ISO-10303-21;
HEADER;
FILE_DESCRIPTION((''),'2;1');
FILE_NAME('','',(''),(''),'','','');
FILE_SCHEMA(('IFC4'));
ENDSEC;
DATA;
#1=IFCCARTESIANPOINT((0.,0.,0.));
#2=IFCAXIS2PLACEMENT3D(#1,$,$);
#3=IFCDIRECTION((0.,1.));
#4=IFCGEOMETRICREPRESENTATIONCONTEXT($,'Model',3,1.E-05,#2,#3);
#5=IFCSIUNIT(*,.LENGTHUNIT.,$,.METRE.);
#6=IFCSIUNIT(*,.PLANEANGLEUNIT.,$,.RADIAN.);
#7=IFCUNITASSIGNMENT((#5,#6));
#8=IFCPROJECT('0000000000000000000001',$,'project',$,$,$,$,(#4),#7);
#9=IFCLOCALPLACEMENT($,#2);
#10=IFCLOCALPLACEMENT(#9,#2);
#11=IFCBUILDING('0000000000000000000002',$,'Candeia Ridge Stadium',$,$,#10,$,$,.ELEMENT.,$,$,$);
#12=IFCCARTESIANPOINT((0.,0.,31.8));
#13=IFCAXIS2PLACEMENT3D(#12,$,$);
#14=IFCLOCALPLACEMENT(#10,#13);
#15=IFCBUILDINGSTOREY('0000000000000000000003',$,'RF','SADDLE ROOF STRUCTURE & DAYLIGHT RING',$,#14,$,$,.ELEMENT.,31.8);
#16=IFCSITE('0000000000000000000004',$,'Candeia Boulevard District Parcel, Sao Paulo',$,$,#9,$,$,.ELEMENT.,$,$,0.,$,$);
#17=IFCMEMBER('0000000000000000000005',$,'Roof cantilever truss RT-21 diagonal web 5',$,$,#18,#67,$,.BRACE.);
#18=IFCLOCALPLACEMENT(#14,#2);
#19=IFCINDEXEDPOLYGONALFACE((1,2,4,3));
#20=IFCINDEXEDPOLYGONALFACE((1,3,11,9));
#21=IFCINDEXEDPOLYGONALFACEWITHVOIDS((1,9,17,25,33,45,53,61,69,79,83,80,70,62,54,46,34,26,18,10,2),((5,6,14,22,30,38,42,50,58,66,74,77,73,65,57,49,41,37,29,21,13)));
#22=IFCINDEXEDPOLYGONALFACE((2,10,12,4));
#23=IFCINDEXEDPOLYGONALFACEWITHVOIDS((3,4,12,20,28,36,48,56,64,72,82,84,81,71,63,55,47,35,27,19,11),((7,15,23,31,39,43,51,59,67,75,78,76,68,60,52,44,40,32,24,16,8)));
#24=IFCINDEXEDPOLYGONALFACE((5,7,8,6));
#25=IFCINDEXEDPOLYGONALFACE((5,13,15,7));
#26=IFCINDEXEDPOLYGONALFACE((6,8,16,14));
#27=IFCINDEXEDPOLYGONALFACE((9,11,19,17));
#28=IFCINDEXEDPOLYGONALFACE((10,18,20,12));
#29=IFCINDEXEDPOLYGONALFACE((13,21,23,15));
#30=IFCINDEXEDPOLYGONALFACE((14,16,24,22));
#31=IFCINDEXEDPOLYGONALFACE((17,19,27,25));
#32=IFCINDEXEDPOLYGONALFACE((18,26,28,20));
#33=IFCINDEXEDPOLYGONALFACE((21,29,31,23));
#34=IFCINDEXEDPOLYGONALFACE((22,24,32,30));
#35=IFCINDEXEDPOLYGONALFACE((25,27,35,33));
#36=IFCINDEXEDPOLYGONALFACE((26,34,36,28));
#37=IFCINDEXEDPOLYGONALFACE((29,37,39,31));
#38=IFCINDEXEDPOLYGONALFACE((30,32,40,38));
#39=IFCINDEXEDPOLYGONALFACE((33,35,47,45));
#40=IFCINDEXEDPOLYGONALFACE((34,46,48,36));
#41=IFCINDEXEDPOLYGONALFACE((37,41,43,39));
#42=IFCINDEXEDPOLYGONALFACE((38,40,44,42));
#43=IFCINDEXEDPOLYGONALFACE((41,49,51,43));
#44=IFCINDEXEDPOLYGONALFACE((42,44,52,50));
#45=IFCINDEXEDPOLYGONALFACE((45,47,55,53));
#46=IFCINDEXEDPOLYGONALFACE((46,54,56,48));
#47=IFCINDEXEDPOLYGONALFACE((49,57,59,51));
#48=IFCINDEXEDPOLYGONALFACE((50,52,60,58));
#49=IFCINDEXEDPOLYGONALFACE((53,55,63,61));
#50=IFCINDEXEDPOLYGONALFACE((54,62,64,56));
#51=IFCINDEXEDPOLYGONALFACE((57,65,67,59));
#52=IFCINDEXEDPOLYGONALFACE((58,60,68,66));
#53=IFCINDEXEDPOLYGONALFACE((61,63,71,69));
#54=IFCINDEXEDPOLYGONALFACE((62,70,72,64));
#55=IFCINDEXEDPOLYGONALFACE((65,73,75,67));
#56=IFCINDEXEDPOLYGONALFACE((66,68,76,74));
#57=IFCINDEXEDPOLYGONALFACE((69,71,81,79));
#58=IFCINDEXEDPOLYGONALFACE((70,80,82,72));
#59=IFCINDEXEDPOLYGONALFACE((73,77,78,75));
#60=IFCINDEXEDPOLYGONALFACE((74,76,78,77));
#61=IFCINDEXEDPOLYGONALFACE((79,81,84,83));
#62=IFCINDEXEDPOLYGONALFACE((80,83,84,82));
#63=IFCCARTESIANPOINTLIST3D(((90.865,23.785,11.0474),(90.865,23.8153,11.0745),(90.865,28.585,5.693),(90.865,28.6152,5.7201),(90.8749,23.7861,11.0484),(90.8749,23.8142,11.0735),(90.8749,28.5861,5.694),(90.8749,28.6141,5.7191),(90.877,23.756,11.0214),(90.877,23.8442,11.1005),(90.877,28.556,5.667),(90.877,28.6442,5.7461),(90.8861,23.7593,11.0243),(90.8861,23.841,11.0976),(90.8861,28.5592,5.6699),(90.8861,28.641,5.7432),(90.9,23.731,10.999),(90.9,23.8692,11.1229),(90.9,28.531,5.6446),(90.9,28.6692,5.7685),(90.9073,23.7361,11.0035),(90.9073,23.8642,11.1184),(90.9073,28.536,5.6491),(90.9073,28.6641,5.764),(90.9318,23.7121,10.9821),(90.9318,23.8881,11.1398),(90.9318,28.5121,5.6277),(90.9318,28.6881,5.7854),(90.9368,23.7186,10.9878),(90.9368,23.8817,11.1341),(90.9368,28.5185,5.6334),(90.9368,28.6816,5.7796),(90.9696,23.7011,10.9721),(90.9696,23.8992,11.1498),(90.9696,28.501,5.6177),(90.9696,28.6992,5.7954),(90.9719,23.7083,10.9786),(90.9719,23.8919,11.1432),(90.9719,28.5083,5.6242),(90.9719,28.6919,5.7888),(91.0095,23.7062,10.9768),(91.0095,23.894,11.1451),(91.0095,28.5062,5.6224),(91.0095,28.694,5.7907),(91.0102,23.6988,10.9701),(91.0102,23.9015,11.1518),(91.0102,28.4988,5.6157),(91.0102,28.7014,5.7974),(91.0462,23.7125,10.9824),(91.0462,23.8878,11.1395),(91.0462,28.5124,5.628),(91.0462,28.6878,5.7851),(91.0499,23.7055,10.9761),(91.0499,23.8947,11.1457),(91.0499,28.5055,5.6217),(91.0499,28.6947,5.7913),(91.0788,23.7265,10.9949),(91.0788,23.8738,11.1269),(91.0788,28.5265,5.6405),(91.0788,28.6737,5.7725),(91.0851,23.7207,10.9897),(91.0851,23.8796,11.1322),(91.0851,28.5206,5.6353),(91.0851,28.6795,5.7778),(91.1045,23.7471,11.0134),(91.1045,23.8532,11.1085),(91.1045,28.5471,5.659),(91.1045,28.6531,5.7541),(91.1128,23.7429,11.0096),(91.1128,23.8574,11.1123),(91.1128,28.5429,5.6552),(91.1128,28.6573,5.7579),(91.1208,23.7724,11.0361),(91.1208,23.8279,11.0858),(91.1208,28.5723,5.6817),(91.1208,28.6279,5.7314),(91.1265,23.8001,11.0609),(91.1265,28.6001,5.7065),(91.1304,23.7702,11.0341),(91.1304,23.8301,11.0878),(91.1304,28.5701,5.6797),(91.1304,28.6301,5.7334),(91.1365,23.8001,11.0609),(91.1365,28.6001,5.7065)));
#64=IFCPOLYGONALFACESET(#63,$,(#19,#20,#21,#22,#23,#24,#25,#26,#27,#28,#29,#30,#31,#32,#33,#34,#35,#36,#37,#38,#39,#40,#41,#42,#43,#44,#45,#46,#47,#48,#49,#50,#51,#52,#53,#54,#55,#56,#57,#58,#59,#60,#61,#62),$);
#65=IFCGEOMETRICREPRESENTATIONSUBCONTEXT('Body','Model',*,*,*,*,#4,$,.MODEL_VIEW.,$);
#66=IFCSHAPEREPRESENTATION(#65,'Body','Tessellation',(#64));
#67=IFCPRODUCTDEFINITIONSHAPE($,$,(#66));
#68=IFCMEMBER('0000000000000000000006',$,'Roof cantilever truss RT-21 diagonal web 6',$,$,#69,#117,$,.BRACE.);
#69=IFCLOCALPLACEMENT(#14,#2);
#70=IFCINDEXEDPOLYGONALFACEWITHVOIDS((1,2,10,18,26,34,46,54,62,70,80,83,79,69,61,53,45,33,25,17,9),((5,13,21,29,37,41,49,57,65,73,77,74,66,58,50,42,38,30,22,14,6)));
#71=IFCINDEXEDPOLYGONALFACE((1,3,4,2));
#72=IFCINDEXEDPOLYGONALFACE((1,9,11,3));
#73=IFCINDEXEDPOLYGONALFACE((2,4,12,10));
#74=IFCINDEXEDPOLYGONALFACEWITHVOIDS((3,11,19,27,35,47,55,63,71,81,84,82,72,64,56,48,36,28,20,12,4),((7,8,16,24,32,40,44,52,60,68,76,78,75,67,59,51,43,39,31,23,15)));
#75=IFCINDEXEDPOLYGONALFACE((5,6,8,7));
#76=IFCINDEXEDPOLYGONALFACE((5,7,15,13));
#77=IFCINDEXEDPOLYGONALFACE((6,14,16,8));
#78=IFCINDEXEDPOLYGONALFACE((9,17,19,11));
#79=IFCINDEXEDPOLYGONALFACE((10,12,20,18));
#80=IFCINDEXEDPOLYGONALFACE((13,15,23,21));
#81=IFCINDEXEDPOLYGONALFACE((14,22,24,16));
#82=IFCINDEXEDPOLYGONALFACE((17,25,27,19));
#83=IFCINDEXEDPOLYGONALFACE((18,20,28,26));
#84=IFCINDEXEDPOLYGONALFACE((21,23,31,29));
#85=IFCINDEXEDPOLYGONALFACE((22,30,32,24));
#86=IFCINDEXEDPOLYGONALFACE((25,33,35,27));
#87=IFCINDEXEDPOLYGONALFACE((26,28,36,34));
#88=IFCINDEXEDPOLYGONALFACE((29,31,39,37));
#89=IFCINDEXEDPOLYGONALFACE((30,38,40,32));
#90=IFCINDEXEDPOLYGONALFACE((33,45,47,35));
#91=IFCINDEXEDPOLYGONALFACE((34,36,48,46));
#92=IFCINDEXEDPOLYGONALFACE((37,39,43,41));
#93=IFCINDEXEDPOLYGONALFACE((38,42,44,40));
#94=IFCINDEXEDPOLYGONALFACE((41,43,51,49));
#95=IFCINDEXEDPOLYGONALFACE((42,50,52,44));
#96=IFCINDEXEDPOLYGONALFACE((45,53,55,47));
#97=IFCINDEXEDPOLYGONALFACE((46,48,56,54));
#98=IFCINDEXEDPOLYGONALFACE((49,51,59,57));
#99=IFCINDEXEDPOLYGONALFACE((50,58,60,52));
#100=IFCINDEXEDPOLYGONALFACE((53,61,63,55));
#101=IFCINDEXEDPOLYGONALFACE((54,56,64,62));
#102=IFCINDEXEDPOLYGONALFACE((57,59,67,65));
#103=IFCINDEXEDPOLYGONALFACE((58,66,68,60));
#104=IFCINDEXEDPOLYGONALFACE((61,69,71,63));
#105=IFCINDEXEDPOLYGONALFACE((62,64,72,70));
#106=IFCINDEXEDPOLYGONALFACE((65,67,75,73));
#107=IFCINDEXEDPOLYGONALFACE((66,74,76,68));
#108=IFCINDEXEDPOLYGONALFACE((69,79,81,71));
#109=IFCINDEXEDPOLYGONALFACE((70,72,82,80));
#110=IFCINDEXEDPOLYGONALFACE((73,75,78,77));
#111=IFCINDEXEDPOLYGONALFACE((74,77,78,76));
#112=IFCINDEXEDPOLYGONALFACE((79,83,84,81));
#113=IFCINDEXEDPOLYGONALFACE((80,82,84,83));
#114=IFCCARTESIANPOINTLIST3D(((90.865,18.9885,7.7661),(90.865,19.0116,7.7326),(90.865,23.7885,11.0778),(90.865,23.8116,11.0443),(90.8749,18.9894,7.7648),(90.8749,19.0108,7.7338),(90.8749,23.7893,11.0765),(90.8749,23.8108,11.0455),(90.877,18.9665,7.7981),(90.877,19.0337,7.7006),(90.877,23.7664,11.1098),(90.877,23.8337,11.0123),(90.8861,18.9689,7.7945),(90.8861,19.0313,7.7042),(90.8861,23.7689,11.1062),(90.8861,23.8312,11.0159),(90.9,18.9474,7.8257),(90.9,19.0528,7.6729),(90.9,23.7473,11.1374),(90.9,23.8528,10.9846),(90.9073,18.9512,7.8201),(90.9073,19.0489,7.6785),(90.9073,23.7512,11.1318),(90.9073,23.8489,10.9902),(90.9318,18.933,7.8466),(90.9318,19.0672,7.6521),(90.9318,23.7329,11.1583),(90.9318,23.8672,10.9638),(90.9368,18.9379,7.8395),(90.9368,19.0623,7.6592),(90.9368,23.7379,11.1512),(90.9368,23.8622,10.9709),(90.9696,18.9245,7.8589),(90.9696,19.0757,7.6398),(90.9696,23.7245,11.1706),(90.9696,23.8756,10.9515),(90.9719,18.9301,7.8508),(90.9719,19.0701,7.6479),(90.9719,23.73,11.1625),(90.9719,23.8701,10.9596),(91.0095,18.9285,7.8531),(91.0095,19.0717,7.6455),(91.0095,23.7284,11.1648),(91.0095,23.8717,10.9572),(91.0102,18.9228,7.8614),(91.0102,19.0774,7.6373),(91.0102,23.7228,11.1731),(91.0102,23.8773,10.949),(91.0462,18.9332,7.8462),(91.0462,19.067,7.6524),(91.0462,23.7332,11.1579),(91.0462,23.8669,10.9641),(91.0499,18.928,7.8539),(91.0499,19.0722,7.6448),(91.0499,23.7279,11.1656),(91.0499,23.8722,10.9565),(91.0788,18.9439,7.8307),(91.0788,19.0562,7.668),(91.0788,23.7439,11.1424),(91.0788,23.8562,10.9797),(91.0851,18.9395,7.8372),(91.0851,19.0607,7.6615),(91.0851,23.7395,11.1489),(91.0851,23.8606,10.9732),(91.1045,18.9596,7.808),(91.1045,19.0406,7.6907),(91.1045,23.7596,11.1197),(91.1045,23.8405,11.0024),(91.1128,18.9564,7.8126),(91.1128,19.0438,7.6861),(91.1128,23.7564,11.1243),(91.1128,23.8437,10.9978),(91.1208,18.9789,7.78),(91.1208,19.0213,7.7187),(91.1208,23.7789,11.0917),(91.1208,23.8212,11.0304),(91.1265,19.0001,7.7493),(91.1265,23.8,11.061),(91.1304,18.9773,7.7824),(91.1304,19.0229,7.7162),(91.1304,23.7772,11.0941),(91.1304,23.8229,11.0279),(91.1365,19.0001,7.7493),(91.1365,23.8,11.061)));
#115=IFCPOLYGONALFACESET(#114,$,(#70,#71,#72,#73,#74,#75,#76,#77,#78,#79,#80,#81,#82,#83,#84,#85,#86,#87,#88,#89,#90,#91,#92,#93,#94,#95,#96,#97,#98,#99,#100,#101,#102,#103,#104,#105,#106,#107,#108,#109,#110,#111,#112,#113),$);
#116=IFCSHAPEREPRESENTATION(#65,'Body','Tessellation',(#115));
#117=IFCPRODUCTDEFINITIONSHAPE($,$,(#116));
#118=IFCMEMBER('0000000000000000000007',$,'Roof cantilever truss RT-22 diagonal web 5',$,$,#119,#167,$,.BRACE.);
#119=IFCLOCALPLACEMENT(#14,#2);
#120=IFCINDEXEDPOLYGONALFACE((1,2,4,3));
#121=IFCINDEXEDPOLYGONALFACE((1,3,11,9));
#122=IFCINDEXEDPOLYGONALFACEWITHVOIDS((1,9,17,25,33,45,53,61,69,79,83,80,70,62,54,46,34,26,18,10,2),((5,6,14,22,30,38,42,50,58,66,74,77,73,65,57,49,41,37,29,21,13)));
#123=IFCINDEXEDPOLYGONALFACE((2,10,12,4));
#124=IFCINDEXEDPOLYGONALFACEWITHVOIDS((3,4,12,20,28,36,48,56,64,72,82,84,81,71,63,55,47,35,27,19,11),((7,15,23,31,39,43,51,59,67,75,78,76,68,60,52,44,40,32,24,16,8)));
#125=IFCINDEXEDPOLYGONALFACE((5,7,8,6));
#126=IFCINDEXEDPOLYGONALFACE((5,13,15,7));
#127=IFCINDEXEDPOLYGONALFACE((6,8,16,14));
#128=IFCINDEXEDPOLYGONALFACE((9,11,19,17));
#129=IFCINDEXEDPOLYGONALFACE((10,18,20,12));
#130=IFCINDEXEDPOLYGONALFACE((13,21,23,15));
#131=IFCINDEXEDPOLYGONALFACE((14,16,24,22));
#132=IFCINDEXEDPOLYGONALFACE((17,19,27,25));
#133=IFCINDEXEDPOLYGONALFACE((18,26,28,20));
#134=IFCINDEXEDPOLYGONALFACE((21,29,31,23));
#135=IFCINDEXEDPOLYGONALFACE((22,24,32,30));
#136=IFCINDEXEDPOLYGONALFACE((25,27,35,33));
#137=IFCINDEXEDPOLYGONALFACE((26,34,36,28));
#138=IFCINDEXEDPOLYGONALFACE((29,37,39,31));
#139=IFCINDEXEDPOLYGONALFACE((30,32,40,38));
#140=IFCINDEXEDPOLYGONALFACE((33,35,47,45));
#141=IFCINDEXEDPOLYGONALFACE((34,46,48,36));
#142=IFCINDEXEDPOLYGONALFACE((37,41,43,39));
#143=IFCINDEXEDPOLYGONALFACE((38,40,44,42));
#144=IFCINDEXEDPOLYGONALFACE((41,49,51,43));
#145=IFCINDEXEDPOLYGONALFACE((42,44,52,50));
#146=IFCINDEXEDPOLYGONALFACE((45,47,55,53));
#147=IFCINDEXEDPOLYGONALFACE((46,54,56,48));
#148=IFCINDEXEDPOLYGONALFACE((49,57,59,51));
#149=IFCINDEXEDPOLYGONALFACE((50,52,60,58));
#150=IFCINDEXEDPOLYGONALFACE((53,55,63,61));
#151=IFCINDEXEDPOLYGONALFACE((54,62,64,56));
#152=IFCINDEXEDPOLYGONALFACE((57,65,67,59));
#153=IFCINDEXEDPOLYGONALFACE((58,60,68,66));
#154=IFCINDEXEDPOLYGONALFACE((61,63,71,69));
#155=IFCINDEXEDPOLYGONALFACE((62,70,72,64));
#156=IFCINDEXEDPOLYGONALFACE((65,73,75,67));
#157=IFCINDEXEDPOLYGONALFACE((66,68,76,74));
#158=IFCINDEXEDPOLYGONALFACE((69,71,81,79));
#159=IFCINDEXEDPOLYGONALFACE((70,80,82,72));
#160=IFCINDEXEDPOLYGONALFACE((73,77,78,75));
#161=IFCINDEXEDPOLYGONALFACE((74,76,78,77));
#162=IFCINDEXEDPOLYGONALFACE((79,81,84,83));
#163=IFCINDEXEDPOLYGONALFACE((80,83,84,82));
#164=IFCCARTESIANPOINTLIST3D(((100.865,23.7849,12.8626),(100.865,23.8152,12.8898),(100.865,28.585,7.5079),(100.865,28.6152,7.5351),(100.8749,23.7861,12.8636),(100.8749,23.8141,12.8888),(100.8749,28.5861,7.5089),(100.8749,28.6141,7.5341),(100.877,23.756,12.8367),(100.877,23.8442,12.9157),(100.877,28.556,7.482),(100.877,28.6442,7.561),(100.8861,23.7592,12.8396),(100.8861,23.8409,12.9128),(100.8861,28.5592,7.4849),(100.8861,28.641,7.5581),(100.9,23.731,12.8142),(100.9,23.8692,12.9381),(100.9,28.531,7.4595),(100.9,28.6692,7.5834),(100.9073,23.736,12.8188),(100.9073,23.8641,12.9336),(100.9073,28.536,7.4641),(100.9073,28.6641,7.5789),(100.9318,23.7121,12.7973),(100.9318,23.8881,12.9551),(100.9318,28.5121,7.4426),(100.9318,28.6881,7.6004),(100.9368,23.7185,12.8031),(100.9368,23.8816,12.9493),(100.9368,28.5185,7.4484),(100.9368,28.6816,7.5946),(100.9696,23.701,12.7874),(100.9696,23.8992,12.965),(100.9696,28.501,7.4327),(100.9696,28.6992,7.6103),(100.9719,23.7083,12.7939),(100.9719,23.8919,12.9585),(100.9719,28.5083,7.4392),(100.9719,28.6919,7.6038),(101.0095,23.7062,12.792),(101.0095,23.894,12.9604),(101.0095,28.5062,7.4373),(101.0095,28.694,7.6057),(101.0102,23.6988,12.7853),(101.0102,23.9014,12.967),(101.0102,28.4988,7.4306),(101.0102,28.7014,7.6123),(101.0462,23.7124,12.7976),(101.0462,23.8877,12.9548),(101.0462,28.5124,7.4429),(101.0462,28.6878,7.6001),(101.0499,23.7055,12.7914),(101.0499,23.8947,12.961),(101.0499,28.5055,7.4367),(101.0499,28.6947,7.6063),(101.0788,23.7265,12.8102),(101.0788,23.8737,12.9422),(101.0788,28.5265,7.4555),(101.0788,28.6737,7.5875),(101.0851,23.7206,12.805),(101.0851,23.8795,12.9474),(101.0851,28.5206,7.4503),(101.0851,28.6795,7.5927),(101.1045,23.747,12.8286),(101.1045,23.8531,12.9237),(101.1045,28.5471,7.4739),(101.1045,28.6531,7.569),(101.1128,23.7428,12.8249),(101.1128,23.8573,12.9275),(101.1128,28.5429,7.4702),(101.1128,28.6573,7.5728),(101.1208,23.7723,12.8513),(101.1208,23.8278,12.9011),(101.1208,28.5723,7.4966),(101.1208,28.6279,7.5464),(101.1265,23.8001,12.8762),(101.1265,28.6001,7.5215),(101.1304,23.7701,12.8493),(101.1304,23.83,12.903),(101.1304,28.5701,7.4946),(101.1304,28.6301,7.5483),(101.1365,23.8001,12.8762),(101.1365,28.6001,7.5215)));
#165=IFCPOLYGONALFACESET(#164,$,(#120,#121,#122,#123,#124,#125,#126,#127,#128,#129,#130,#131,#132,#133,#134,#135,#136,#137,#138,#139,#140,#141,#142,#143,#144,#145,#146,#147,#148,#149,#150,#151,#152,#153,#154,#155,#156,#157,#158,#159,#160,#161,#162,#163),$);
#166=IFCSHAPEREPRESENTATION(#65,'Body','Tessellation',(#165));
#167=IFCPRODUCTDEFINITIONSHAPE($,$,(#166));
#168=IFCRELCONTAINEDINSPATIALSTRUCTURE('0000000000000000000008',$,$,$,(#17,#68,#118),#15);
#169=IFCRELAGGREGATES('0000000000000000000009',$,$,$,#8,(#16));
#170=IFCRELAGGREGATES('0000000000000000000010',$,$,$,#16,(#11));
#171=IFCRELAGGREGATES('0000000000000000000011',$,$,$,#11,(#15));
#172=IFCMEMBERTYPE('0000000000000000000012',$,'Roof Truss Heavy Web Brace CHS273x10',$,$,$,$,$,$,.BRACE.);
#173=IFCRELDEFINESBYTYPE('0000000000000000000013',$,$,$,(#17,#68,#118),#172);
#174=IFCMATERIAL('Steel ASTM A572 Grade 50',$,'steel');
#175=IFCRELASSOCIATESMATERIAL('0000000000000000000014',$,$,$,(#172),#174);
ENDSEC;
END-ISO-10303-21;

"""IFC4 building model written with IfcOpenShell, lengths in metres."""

from ifc_helpers import new_model, si_unit, direction, frame, origin, origin_2d, place, context, subcontext, project, spatial, hollow_circle, extrude, material, material_profile, profile_set, type_object, element, save


model = new_model("IFC4")

# Units and contexts
model_context = context("Model", 3, precision=1e-05, world=origin(), true_north=direction((0.0, 1.0)))
body_context = subcontext(model_context, "Body", "Model", "MODEL_VIEW")
ifc_project = project(units=[si_unit("LENGTHUNIT", "METRE"), si_unit("PLANEANGLEUNIT", "RADIAN")], contexts=[model_context])

# Site, building, storey
site_placement = place(None, origin())
site = spatial("IfcSite", under=ifc_project, at=site_placement, Name="Candeia Boulevard District Parcel, Sao Paulo", CompositionType="ELEMENT", RefElevation=0.0)
building_placement = place(site_placement, origin())
building = spatial("IfcBuilding", under=site, at=building_placement, Name="Candeia Ridge Stadium", CompositionType="ELEMENT")
storey_placement = place(building_placement, frame((0.0, 0.0, 31.8)))
storey = spatial("IfcBuildingStorey", under=building, at=storey_placement, Name="RF", Description="SADDLE ROOF STRUCTURE & DAYLIGHT RING", CompositionType="ELEMENT", Elevation=31.8)

# Shared definitions
ifc_material = material(Name="Steel ASTM A572 Grade 50", Category="steel")

# Members
ifc_material_profile_1 = material_profile(ifc_material, hollow_circle(Radius=0.1365, WallThickness=0.01, at=origin_2d()), Name="CHS273x10", Category="steel")
ifc_profile_set_1 = profile_set([ifc_material_profile_1], Name="Steel ASTM A572 Grade 50")
member_type_1 = type_object("IfcMemberType", Name="Roof Truss Heavy Web Brace CHS273x10", PredefinedType="BRACE", material=ifc_profile_set_1)
member_1_placement = place(storey_placement, frame((91.0, 28.6001, 5.7065), z_axis=(0.0, -0.667504, 0.744606), x_axis=(1.0, 0.0, 0.0)))
element("IfcMember", 1, at=member_1_placement, inside=storey, type_object=member_type_1, Name="Roof cantilever truss RT-21 diagonal web 5", PredefinedType="BRACE", context=body_context, shape_type="SweptSolid", body=[
    extrude(hollow_circle(Radius=0.1365, WallThickness=0.01, at=origin_2d()), origin(), (0.0, 0.0, 1.0), 7.1909),
])
member_2_placement = place(storey_placement, frame((91.0, 23.8, 11.061), z_axis=(0.0, -0.823101, -0.567894), x_axis=(1.0, 0.0, 0.0)))
element("IfcMember", 2, at=member_2_placement, inside=storey, type_object=member_type_1, Name="Roof cantilever truss RT-21 diagonal web 6", PredefinedType="BRACE", context=body_context, shape_type="SweptSolid", body=[
    extrude(hollow_circle(Radius=0.1365, WallThickness=0.01, at=origin_2d()), origin(), (0.0, 0.0, 1.0), 5.8315),
])
member_3_placement = place(storey_placement, frame((101.0, 28.6001, 7.5215), z_axis=(0.0, -0.667487, 0.744621), x_axis=(1.0, 0.0, 0.0)))
element("IfcMember", 3, at=member_3_placement, inside=storey, type_object=member_type_1, Name="Roof cantilever truss RT-22 diagonal web 5", PredefinedType="BRACE", context=body_context, shape_type="SweptSolid", body=[
    extrude(hollow_circle(Radius=0.1365, WallThickness=0.01, at=origin_2d()), origin(), (0.0, 0.0, 1.0), 7.1912),
])

save(model, "model.ifc")
